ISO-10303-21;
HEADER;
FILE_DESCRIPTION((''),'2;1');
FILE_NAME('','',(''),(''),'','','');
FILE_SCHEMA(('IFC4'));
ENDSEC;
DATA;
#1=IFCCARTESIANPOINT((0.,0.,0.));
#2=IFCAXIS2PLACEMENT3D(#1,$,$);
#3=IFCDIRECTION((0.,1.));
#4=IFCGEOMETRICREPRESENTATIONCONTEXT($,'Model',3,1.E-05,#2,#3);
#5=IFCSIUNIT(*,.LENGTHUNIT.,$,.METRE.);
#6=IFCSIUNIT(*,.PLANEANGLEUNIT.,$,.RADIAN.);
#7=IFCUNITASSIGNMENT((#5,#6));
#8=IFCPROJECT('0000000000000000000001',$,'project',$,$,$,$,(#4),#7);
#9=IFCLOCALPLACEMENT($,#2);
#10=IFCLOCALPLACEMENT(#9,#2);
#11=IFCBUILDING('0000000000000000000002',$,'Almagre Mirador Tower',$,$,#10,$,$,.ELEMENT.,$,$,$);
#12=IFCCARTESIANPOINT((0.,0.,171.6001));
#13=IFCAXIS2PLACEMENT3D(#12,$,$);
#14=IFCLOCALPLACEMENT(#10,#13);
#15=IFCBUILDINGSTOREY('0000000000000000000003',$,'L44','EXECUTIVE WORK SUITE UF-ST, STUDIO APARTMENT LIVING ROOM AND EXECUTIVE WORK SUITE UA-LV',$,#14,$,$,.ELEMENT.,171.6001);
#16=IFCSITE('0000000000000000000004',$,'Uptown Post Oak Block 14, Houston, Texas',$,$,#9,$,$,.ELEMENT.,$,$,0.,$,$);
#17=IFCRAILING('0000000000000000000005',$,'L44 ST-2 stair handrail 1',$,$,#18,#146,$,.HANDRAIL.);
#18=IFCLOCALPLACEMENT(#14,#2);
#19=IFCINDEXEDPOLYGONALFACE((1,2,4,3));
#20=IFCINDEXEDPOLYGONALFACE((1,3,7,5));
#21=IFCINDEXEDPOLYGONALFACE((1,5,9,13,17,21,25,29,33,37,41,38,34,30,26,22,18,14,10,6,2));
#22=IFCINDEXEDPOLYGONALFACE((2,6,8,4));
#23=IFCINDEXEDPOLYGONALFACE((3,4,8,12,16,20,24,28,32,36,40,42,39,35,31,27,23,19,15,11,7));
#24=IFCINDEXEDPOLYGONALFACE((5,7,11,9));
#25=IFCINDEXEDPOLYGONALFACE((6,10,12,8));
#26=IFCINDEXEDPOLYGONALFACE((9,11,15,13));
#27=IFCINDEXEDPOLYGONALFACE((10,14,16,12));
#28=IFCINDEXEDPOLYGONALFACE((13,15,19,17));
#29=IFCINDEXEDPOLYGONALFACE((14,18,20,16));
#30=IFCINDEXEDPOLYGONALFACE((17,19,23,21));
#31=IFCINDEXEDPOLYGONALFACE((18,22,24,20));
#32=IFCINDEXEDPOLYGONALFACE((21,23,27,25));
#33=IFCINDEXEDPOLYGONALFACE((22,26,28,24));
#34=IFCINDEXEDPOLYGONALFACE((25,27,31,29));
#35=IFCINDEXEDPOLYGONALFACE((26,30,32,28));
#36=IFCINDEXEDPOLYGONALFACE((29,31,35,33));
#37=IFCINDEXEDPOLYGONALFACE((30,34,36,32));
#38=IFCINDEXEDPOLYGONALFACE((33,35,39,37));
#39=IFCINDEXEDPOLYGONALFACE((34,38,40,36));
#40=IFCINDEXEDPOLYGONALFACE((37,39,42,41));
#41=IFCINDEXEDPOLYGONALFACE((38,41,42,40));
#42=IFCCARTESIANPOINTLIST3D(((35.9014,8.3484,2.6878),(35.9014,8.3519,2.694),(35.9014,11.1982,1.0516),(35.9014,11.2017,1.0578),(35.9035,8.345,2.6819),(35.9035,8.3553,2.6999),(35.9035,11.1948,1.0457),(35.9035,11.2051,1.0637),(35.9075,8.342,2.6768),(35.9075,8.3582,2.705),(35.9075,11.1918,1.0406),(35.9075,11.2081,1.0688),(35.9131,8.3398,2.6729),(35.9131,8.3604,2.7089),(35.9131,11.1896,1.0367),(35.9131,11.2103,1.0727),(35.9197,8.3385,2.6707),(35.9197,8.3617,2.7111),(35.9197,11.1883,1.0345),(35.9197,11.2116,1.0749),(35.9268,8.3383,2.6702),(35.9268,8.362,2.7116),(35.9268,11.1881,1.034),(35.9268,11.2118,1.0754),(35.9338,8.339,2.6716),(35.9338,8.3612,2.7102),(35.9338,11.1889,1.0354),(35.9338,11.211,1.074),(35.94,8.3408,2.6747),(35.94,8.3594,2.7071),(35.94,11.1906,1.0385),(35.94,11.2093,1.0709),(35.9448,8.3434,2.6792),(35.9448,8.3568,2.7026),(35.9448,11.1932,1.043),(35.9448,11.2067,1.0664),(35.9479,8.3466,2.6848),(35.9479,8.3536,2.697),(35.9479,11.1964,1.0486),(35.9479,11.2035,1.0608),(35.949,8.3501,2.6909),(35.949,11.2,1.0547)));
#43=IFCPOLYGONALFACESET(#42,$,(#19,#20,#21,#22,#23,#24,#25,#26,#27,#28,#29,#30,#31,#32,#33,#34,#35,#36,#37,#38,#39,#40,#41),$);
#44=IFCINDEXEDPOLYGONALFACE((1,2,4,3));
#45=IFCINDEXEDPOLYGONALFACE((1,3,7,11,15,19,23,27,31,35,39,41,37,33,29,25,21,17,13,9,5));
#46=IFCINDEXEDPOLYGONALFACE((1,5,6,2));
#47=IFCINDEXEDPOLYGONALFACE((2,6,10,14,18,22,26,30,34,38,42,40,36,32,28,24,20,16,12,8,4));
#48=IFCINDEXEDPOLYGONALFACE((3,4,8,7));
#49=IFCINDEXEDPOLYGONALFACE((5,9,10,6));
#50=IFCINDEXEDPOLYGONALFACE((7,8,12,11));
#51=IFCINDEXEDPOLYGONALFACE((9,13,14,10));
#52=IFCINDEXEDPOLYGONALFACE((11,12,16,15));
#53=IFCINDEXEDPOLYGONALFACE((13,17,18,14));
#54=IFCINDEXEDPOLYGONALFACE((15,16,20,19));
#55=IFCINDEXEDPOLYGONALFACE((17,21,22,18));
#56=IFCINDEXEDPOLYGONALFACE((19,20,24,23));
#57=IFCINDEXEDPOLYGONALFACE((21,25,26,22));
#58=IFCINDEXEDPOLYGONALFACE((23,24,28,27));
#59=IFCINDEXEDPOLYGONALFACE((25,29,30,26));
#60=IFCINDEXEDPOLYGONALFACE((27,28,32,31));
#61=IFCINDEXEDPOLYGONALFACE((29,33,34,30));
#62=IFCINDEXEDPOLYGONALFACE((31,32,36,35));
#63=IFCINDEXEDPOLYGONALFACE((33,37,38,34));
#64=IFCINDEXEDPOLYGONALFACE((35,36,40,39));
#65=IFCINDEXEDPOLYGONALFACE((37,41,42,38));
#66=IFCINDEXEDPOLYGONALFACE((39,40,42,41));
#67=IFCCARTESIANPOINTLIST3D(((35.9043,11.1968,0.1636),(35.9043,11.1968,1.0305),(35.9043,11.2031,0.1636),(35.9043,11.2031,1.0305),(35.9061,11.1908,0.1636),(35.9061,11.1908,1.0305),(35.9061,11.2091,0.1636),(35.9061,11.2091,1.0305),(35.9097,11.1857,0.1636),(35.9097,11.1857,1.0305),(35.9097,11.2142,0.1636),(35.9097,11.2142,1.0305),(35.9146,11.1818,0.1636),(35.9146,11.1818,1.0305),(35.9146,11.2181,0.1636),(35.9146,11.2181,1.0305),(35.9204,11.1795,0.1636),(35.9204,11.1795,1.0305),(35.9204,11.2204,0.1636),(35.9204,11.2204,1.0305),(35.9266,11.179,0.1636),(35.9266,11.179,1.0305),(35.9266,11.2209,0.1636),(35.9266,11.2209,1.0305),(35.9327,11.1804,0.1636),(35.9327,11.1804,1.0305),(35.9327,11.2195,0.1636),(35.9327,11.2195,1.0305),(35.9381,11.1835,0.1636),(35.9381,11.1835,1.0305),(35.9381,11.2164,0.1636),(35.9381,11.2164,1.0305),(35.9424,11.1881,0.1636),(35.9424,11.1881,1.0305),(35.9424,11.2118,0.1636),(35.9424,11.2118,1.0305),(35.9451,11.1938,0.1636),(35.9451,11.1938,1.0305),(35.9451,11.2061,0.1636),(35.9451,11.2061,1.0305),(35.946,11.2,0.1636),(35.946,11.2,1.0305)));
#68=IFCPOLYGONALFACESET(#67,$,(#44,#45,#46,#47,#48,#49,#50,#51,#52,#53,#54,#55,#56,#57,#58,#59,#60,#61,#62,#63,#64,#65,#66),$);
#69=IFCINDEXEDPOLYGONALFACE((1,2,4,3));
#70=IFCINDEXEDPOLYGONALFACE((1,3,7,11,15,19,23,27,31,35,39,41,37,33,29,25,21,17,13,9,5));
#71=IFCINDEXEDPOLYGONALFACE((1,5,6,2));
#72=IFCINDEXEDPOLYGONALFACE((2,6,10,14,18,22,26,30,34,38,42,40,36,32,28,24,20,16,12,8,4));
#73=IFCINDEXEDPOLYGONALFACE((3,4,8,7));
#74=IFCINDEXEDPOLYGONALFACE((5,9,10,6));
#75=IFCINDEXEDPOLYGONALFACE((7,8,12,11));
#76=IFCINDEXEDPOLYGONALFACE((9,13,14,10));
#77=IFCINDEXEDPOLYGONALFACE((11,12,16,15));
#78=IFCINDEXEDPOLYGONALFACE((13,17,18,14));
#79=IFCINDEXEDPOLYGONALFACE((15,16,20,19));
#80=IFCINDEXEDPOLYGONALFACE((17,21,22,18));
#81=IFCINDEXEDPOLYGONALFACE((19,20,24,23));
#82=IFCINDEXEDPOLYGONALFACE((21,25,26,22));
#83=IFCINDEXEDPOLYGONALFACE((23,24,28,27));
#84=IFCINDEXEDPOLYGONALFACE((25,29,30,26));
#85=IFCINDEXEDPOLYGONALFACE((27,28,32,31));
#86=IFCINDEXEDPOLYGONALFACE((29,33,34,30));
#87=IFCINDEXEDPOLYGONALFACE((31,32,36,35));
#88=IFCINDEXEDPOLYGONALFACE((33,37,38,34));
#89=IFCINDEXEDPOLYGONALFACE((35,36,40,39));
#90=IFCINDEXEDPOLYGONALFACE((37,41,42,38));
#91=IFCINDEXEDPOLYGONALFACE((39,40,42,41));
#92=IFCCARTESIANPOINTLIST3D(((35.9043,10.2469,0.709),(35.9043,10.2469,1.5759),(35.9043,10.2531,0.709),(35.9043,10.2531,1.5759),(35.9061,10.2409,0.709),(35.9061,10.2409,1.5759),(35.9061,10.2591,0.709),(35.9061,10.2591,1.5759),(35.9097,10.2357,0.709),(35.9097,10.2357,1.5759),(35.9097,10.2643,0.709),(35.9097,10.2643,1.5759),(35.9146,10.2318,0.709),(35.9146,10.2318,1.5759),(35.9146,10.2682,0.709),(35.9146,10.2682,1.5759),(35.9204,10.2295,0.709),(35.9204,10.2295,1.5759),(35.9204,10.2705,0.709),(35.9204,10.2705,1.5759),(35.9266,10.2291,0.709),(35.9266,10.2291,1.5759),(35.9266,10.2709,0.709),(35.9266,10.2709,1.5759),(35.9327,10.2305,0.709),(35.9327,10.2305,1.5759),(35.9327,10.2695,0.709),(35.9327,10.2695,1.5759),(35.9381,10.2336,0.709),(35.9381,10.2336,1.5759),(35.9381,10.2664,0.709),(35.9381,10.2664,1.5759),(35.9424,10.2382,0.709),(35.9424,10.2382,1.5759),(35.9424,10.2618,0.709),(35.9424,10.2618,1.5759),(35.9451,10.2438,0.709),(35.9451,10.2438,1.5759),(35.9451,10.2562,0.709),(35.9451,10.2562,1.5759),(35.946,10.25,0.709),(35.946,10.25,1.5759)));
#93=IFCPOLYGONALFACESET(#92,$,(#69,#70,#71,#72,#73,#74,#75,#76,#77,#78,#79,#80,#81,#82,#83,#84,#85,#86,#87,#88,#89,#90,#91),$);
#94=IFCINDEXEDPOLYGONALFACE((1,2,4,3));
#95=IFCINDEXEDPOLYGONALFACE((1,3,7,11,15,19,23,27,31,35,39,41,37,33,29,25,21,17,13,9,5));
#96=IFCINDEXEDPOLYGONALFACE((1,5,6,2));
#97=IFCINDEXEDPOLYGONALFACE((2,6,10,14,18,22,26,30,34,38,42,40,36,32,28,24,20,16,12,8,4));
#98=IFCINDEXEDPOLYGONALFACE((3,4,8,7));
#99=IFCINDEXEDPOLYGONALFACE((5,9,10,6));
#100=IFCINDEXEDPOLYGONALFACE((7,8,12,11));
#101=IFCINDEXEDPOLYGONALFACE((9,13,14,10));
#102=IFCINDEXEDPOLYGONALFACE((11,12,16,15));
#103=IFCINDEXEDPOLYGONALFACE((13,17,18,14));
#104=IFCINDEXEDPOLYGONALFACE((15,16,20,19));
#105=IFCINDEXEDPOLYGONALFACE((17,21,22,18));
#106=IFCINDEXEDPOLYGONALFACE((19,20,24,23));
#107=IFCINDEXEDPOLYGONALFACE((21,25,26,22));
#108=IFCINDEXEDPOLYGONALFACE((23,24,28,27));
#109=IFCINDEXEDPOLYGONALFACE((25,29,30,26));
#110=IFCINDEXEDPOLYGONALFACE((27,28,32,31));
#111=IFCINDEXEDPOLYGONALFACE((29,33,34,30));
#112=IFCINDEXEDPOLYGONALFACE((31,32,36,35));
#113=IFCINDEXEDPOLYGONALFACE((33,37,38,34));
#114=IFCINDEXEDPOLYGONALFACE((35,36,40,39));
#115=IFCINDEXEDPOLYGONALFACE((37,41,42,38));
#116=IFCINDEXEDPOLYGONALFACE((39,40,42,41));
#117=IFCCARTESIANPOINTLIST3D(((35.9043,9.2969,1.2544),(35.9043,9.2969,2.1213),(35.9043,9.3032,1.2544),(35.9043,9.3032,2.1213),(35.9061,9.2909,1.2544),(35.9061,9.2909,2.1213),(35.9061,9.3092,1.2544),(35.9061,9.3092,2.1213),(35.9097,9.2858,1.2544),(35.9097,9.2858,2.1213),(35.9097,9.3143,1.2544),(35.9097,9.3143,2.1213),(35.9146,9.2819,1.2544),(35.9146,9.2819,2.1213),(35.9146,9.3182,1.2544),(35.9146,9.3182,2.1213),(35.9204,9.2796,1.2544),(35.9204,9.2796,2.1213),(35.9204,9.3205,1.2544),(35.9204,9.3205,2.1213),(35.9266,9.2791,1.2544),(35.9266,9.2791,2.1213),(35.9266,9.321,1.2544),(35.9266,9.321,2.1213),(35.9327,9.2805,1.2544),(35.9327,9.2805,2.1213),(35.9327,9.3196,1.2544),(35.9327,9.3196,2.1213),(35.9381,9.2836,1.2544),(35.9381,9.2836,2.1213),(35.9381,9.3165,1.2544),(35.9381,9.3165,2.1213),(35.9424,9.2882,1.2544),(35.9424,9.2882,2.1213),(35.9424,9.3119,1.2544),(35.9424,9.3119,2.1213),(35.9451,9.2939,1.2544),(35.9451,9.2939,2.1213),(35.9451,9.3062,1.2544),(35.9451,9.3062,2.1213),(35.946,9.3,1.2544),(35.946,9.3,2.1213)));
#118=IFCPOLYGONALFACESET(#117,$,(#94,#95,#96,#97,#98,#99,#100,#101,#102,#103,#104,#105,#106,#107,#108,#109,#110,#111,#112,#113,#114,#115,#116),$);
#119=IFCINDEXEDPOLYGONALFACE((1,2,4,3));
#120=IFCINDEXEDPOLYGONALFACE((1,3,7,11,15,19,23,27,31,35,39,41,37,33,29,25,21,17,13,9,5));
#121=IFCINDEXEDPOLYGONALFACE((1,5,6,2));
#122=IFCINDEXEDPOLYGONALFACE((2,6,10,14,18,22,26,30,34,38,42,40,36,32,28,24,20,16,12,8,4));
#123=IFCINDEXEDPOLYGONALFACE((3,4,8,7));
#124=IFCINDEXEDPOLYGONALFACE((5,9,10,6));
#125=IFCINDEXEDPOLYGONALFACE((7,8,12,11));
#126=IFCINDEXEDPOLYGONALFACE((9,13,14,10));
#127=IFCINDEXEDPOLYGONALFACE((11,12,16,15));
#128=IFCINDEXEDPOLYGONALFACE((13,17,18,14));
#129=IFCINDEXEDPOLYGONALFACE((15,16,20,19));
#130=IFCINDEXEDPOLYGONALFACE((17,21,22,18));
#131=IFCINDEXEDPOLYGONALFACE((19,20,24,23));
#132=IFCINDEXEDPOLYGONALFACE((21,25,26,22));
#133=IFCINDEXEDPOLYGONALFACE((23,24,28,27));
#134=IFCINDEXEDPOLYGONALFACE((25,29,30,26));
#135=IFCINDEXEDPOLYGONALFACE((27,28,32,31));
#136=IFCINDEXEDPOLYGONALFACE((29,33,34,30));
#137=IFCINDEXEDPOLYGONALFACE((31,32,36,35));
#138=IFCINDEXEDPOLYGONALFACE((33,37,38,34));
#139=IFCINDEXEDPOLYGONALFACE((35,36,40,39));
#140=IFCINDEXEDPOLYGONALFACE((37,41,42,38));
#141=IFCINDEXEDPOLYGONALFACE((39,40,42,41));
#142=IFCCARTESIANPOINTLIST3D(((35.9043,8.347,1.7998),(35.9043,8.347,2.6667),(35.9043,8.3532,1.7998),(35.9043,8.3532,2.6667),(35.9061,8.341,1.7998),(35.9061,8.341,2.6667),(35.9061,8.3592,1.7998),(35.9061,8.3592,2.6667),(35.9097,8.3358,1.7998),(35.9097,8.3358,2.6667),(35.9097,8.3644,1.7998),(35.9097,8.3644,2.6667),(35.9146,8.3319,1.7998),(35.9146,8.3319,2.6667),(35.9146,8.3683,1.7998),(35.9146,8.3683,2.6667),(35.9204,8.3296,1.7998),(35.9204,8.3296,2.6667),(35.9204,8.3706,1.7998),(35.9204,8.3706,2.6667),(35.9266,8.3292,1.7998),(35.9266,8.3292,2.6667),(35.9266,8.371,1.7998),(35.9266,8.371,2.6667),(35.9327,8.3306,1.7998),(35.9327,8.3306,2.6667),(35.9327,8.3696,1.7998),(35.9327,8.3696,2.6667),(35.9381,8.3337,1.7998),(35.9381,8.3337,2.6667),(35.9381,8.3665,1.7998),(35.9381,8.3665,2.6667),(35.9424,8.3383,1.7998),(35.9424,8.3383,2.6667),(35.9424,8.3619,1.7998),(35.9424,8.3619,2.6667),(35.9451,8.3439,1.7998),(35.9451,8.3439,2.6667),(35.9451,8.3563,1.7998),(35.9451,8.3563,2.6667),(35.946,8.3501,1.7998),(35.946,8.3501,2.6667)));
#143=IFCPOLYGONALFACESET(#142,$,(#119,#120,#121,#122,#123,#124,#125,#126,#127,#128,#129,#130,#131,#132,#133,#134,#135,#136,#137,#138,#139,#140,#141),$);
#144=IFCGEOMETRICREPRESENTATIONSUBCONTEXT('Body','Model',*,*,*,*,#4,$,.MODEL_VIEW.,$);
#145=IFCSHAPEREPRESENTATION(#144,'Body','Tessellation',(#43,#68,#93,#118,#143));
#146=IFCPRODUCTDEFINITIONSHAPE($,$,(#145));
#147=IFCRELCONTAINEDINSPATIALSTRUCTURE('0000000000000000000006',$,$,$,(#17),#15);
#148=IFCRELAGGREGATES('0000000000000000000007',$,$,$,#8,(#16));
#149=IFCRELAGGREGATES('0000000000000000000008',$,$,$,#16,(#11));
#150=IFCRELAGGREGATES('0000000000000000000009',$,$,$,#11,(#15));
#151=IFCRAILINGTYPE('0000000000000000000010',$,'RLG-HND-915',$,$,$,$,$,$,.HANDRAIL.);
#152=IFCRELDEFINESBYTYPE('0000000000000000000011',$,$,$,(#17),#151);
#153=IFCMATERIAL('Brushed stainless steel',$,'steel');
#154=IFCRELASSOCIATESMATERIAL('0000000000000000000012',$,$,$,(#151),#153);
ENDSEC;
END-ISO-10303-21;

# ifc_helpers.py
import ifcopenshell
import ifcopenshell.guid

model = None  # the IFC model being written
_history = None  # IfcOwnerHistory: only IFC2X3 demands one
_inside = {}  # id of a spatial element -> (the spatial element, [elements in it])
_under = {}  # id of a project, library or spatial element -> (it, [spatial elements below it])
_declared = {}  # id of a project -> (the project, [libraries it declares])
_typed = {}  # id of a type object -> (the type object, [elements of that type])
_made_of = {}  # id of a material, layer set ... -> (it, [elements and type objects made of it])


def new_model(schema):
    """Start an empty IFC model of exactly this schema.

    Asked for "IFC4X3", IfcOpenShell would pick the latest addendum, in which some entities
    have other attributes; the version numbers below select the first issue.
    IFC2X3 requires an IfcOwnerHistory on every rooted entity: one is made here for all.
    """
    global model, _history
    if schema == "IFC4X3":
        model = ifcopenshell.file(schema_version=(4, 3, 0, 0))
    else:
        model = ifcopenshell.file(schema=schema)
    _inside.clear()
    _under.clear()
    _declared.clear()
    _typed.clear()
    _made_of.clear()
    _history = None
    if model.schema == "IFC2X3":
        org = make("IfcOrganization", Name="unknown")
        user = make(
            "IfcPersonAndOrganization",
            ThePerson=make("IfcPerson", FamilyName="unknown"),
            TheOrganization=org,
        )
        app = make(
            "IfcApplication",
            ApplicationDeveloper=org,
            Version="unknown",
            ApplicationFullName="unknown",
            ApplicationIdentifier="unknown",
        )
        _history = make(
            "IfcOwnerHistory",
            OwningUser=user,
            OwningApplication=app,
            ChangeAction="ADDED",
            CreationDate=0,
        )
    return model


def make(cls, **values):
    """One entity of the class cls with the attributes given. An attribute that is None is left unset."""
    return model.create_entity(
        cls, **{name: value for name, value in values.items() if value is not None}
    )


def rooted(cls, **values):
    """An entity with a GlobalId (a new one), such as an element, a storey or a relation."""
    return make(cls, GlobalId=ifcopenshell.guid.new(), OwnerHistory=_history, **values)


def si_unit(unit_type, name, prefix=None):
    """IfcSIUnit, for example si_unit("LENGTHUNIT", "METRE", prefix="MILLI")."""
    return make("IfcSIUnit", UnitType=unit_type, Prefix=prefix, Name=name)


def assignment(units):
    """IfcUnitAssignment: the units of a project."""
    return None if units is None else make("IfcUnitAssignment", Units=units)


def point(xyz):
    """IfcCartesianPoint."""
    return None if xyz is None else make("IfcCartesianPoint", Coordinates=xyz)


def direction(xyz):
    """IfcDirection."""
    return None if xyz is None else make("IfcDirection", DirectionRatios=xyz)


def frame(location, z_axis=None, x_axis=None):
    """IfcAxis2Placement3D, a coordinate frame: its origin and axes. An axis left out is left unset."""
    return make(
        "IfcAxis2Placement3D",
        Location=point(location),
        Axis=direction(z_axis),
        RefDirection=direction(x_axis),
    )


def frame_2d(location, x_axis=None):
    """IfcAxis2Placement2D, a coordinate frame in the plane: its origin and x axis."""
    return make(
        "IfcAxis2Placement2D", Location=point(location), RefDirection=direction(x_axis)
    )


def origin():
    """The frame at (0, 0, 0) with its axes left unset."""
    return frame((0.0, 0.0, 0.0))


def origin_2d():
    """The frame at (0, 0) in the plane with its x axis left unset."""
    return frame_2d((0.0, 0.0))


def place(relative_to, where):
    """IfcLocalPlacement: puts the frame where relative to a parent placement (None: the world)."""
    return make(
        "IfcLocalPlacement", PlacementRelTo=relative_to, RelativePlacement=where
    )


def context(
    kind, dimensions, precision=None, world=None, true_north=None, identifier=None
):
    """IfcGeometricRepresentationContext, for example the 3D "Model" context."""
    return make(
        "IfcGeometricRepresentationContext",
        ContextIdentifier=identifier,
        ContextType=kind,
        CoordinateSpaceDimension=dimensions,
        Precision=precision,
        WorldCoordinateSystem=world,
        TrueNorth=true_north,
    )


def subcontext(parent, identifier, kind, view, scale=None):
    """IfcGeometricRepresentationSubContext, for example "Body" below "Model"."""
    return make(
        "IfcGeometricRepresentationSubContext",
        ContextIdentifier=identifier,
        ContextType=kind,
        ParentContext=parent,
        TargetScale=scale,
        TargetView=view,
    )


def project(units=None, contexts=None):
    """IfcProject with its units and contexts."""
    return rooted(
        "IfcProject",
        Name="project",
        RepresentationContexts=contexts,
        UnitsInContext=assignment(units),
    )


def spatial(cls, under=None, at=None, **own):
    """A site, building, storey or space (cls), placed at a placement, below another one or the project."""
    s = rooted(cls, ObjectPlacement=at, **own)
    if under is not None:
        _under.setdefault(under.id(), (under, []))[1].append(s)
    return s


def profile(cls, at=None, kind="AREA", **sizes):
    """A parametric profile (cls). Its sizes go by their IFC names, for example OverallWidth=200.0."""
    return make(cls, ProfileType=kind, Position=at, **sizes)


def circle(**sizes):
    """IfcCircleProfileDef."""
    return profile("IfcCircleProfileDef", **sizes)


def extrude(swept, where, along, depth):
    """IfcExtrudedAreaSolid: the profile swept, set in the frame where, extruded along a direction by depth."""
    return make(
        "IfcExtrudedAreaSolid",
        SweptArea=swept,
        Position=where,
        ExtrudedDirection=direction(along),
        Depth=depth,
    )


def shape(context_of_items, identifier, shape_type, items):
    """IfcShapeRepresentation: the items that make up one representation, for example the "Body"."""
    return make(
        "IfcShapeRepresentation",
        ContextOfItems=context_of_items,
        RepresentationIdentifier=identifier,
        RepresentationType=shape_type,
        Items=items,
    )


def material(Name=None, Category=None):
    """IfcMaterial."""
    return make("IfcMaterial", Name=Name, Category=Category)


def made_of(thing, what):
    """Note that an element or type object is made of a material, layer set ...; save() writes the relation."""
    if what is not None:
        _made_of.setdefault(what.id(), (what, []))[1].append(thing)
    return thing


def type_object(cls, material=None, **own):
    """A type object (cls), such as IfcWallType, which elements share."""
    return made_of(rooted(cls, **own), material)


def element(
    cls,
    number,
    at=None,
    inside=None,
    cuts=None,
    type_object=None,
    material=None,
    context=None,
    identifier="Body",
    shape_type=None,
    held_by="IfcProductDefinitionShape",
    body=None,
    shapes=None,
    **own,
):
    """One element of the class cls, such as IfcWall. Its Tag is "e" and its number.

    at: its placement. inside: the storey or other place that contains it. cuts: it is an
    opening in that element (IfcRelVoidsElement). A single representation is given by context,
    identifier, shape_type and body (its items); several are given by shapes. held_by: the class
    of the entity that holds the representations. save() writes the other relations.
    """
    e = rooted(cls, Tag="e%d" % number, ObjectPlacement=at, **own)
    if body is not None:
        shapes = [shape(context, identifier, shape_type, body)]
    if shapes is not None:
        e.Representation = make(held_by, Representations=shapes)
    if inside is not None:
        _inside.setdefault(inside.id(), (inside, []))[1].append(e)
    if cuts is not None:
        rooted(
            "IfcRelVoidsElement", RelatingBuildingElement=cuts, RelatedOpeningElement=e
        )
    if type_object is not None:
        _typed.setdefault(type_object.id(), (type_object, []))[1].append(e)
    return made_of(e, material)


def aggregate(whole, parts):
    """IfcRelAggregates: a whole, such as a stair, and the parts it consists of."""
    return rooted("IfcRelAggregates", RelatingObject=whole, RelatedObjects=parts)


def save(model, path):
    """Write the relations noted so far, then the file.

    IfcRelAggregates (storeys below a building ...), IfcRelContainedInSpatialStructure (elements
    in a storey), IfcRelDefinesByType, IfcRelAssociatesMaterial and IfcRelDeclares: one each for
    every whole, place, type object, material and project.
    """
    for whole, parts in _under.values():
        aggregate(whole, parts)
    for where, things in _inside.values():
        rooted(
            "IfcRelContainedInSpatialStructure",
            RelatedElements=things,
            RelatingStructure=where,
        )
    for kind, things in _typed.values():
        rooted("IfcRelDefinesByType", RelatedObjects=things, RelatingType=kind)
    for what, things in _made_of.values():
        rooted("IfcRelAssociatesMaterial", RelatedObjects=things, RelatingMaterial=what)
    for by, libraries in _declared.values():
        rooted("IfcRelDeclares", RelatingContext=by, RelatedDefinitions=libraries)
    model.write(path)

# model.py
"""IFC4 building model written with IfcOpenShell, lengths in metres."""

from ifc_helpers import new_model, si_unit, direction, frame, origin, origin_2d, place, context, subcontext, project, spatial, circle, extrude, material, type_object, element, save


model = new_model("IFC4")

# Units and contexts
model_context = context("Model", 3, precision=1e-05, world=origin(), true_north=direction((0.0, 1.0)))
body_context = subcontext(model_context, "Body", "Model", "MODEL_VIEW")
ifc_project = project(units=[si_unit("LENGTHUNIT", "METRE"), si_unit("PLANEANGLEUNIT", "RADIAN")], contexts=[model_context])

# Site, building, storey
site_placement = place(None, origin())
site = spatial("IfcSite", under=ifc_project, at=site_placement, Name="Uptown Post Oak Block 14, Houston, Texas", CompositionType="ELEMENT", RefElevation=0.0)
building_placement = place(site_placement, origin())
building = spatial("IfcBuilding", under=site, at=building_placement, Name="Almagre Mirador Tower", CompositionType="ELEMENT")
storey_placement = place(building_placement, frame((0.0, 0.0, 171.6001)))
storey = spatial("IfcBuildingStorey", under=building, at=storey_placement, Name="L44", Description="EXECUTIVE WORK SUITE UF-ST, STUDIO APARTMENT LIVING ROOM AND EXECUTIVE WORK SUITE UA-LV", CompositionType="ELEMENT", Elevation=171.6001)

# Railing
ifc_material_1 = material(Name="Brushed stainless steel", Category="steel")
railing_type_1 = type_object("IfcRailingType", Name="RLG-HND-915", PredefinedType="HANDRAIL", material=ifc_material_1)
railing_1_placement = place(storey_placement, frame((35.925, 11.2, 0.1636)))
element("IfcRailing", 1, at=railing_1_placement, inside=storey, type_object=railing_type_1, Name="L44 ST-2 stair handrail 1", PredefinedType="HANDRAIL", context=body_context, shape_type="SweptSolid", body=[
    extrude(circle(Radius=0.0239, at=origin_2d()), frame((0.0, 0.0, 0.8911), z_axis=(0.0, -0.867226, 0.497914), x_axis=(1.0, 0.0, 0.0)), (0.0, 0.0, 1.0), 3.2861),
    extrude(circle(Radius=0.021, at=origin_2d()), origin(), (0.0, 0.0, 1.0), 0.8669),
    extrude(circle(Radius=0.021, at=origin_2d()), frame((0.0, -0.95, 0.5454)), (0.0, 0.0, 1.0), 0.8669),
    extrude(circle(Radius=0.021, at=origin_2d()), frame((0.0, -1.8999, 1.0908)), (0.0, 0.0, 1.0), 0.8669),
    extrude(circle(Radius=0.021, at=origin_2d()), frame((0.0, -2.8499, 1.6362)), (0.0, 0.0, 1.0), 0.8669),
])

save(model, "model.ifc")
